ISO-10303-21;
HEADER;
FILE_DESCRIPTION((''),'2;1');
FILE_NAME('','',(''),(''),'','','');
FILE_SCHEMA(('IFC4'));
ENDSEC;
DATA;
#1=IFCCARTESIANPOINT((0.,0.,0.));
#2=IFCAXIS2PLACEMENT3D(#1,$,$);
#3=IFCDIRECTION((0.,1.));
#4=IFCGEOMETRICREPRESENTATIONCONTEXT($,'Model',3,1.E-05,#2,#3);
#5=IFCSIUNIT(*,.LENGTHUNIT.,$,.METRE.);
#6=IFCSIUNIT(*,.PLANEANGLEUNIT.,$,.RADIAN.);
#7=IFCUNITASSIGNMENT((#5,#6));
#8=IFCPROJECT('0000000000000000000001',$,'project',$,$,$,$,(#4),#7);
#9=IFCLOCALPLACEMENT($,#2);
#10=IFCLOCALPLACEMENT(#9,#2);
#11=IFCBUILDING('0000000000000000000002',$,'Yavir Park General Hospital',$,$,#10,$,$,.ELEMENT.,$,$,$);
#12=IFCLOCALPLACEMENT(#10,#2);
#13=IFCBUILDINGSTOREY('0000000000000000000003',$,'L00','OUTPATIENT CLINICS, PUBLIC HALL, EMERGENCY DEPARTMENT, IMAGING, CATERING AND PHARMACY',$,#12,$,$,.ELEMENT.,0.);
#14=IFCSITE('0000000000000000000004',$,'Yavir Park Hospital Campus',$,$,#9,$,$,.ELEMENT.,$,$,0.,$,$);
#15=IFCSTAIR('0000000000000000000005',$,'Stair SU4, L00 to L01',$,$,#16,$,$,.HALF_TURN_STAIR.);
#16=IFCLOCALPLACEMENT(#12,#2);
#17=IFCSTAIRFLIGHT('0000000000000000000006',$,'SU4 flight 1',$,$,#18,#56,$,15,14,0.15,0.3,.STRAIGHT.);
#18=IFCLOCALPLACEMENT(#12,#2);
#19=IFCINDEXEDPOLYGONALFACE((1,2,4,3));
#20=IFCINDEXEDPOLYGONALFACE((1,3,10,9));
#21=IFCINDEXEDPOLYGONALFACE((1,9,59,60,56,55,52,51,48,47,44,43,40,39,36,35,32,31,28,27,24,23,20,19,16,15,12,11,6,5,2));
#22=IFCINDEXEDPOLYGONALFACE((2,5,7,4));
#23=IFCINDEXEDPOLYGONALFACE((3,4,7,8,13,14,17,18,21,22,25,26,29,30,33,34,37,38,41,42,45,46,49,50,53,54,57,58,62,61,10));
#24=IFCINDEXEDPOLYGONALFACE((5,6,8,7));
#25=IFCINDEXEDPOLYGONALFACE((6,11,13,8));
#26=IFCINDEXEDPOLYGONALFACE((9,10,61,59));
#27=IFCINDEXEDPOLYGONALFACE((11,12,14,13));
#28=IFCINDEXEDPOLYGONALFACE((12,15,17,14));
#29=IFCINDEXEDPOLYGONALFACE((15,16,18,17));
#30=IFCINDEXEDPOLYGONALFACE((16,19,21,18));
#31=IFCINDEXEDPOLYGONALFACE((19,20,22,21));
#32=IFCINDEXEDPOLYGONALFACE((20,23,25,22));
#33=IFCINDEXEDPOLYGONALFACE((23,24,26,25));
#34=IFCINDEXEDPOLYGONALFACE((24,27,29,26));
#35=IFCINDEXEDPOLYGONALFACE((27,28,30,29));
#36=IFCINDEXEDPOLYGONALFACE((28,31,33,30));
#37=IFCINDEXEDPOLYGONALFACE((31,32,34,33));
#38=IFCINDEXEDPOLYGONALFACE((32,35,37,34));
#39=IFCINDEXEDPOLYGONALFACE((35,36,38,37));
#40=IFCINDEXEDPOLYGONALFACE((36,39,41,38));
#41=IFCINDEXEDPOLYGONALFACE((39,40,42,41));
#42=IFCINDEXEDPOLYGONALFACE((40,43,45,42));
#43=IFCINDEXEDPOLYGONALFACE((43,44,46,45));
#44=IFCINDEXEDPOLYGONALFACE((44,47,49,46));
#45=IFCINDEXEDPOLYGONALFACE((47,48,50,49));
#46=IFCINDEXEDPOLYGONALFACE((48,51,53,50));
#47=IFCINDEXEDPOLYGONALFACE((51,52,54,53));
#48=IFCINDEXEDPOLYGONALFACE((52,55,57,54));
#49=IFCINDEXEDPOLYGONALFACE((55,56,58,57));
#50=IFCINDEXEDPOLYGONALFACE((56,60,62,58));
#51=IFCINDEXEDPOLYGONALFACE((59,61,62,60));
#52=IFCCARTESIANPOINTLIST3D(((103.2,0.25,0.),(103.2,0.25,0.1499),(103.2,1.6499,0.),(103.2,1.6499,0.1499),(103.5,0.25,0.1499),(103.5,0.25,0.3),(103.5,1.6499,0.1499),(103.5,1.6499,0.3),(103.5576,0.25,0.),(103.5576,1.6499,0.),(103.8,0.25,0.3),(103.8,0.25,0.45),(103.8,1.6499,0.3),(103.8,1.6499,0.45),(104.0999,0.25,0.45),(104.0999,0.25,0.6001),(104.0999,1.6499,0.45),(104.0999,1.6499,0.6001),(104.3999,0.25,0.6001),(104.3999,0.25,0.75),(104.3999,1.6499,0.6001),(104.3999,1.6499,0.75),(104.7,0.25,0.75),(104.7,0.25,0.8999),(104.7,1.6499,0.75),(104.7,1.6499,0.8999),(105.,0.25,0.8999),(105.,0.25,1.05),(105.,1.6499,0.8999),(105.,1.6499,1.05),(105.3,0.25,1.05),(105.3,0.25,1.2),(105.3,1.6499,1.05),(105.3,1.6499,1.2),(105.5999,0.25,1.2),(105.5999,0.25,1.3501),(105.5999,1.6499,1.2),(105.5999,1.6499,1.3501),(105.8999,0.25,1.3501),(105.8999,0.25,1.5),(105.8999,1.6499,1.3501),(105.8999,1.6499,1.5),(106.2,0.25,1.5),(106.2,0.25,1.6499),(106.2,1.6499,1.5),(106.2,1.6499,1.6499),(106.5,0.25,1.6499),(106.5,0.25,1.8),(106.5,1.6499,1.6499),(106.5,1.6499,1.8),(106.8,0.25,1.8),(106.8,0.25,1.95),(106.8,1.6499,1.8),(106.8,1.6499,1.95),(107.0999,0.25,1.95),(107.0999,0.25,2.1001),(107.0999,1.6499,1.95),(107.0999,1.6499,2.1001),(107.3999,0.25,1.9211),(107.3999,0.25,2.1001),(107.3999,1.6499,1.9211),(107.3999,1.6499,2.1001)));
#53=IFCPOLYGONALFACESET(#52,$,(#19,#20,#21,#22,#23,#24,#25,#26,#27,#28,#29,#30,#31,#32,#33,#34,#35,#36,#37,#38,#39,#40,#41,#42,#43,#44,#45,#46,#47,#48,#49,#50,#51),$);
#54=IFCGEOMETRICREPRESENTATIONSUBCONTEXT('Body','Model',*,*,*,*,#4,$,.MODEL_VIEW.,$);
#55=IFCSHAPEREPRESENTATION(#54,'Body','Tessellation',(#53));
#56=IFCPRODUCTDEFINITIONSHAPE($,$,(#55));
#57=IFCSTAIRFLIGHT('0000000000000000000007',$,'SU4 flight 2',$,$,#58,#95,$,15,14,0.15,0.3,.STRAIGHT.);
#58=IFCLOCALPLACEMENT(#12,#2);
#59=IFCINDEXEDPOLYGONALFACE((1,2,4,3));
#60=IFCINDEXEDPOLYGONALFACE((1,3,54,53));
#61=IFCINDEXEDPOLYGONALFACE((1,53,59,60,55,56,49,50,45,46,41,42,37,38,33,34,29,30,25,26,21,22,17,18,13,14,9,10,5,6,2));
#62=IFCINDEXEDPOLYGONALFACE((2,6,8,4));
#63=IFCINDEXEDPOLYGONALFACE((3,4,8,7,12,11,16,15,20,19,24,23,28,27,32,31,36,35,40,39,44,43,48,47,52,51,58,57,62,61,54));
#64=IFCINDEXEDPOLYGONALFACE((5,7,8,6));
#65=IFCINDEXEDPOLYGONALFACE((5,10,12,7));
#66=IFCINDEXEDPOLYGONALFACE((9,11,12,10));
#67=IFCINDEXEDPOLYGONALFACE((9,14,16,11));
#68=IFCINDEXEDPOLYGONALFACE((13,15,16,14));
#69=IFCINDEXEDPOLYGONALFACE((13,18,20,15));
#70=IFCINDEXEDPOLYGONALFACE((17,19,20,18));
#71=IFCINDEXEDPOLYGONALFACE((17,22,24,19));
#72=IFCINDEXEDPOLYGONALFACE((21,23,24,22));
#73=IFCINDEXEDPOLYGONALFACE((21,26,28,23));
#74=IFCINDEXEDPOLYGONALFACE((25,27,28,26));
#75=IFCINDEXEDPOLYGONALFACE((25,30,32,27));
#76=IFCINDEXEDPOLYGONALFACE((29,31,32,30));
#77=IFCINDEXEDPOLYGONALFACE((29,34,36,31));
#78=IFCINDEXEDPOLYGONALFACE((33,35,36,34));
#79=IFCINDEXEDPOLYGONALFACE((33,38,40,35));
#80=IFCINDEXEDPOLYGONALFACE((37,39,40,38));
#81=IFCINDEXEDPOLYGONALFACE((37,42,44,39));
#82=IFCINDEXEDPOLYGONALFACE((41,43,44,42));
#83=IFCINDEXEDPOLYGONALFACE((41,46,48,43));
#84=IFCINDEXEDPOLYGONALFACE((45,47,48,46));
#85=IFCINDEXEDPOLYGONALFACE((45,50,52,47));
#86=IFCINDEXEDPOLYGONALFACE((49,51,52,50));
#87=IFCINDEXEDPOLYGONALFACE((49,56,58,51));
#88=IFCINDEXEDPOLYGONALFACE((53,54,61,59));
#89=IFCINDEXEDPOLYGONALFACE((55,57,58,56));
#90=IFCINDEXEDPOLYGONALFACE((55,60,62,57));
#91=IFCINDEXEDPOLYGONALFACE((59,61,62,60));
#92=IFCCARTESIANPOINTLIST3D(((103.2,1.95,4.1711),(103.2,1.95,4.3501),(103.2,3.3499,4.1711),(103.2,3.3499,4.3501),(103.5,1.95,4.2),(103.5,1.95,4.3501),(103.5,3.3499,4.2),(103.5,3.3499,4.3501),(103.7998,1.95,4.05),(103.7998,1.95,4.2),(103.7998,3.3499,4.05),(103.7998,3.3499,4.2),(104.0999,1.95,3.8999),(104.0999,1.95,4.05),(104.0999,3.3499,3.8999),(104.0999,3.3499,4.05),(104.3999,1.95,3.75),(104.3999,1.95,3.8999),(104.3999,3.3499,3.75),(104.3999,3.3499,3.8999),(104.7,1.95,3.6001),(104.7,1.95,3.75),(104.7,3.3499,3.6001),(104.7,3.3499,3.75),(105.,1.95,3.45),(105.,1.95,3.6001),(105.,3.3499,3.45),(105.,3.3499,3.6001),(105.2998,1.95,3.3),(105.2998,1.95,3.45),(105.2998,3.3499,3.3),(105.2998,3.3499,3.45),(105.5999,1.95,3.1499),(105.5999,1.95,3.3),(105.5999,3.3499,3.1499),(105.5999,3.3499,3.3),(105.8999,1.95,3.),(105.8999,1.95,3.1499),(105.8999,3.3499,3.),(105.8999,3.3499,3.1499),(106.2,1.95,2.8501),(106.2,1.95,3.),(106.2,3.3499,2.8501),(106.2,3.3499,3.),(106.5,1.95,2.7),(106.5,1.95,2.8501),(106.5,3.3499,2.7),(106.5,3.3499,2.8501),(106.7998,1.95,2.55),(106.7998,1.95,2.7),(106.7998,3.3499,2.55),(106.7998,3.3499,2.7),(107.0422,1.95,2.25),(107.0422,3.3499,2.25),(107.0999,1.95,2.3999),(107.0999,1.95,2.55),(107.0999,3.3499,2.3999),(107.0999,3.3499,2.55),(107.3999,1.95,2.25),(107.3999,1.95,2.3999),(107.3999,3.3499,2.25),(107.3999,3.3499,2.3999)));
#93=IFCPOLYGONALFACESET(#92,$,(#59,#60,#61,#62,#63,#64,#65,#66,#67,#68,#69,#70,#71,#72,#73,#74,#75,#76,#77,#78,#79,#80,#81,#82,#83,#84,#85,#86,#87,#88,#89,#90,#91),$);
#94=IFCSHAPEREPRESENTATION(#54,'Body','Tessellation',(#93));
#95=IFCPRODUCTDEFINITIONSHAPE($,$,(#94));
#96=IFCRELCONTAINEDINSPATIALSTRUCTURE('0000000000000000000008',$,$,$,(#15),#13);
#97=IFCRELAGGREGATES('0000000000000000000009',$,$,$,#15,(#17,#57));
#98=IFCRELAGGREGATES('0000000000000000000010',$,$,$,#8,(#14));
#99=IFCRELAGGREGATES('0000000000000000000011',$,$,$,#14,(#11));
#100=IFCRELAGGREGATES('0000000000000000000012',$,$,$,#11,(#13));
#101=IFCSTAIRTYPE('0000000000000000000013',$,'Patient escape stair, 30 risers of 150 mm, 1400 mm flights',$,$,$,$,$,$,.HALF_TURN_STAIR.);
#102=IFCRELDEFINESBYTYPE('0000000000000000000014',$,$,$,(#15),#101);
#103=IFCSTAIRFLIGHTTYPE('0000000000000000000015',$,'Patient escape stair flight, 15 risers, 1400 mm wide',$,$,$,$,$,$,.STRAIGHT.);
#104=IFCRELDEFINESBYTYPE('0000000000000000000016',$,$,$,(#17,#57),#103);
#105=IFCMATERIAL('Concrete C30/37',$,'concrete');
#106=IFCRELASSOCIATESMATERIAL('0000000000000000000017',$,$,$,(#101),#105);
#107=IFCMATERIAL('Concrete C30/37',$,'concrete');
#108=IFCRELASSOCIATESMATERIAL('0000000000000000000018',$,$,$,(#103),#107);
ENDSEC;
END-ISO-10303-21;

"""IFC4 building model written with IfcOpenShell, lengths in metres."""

from ifc_helpers import new_model, si_unit, direction, frame, origin, place, context, subcontext, project, spatial, polyline, outline, extrude, material, type_object, element, aggregate, save


model = new_model("IFC4")

# Units and contexts
model_context = context("Model", 3, precision=1e-05, world=origin(), true_north=direction((0.0, 1.0)))
body_context = subcontext(model_context, "Body", "Model", "MODEL_VIEW")
ifc_project = project(units=[si_unit("LENGTHUNIT", "METRE"), si_unit("PLANEANGLEUNIT", "RADIAN")], contexts=[model_context])

# Site, building, storey
site_placement = place(None, origin())
site = spatial("IfcSite", under=ifc_project, at=site_placement, Name="Yavir Park Hospital Campus", CompositionType="ELEMENT", RefElevation=0.0)
building_placement = place(site_placement, origin())
building = spatial("IfcBuilding", under=site, at=building_placement, Name="Yavir Park General Hospital", CompositionType="ELEMENT")
storey_placement = place(building_placement, origin())
storey = spatial("IfcBuildingStorey", under=building, at=storey_placement, Name="L00", Description="OUTPATIENT CLINICS, PUBLIC HALL, EMERGENCY DEPARTMENT, IMAGING, CATERING AND PHARMACY", CompositionType="ELEMENT", Elevation=0.0)

# Stair, stair flights
ifc_material_1 = material(Name="Concrete C30/37", Category="concrete")
stair_type = type_object("IfcStairType", Name="Patient escape stair, 30 risers of 150 mm, 1400 mm flights", PredefinedType="HALF_TURN_STAIR", material=ifc_material_1)
stair_placement = place(storey_placement, origin())
stair = element("IfcStair", 1, at=stair_placement, inside=storey, type_object=stair_type, Name="Stair SU4, L00 to L01", PredefinedType="HALF_TURN_STAIR")
ifc_material_2 = material(Name="Concrete C30/37", Category="concrete")
stair_flight_type = type_object("IfcStairFlightType", Name="Patient escape stair flight, 15 risers, 1400 mm wide", PredefinedType="STRAIGHT", material=ifc_material_2)
stair_flight_1_placement = place(storey_placement, frame((103.2, 0.95, 0.0), z_axis=(0.0, 0.0, 1.0), x_axis=(1.0, 0.0, 0.0)))
stair_flight_1 = element("IfcStairFlight", 2, at=stair_flight_1_placement, type_object=stair_flight_type, Name="SU4 flight 1", NumberOfRisers=15, NumberOfTreads=14, PredefinedType="STRAIGHT", RiserHeight=0.15, TreadLength=0.3, context=body_context, shape_type="SweptSolid", body=[
    extrude(outline(polyline([(0.0, 0.0), (0.0, 0.1499), (0.3, 0.1499), (0.3, 0.3), (0.6001, 0.3), (0.6001, 0.45), (0.8999, 0.45), (0.8999, 0.6001), (1.2, 0.6001), (1.2, 0.75), (1.5, 0.75), (1.5, 0.8999), (1.8, 0.8999), (1.8, 1.05), (2.1001, 1.05), (2.1001, 1.2), (2.3999, 1.2), (2.3999, 1.3501), (2.7, 1.3501), (2.7, 1.5), (3.0, 1.5), (3.0, 1.6499), (3.3, 1.6499), (3.3, 1.8), (3.6001, 1.8), (3.6001, 1.95), (3.8999, 1.95), (3.8999, 2.1001), (4.2, 2.1001), (4.2, 2.25), (4.2, 1.9211), (0.3577, 0.0), (0.0, 0.0)])), frame((0.0, 0.7, 0.0), z_axis=(0.0, -1.0, 0.0), x_axis=(1.0, 0.0, 0.0)), (0.0, 0.0, 1.0), 1.3999),
])
stair_flight_2_placement = place(storey_placement, frame((107.3999, 2.6499, 2.25), z_axis=(0.0, 0.0, 1.0), x_axis=(-1.0, 0.0, 0.0)))
stair_flight_2 = element("IfcStairFlight", 3, at=stair_flight_2_placement, type_object=stair_flight_type, Name="SU4 flight 2", NumberOfRisers=15, NumberOfTreads=14, PredefinedType="STRAIGHT", RiserHeight=0.15, TreadLength=0.3, context=body_context, shape_type="SweptSolid", body=[
    extrude(outline(polyline([(0.0, 0.0), (0.0, 0.1499), (0.3, 0.1499), (0.3, 0.3), (0.6001, 0.3), (0.6001, 0.45), (0.8999, 0.45), (0.8999, 0.6001), (1.2, 0.6001), (1.2, 0.75), (1.5, 0.75), (1.5, 0.8999), (1.8, 0.8999), (1.8, 1.05), (2.1001, 1.05), (2.1001, 1.2), (2.3999, 1.2), (2.3999, 1.3501), (2.7, 1.3501), (2.7, 1.5), (3.0, 1.5), (3.0, 1.6499), (3.3, 1.6499), (3.3, 1.8), (3.6001, 1.8), (3.6001, 1.95), (3.8999, 1.95), (3.8999, 2.1001), (4.2, 2.1001), (4.2, 2.25), (4.2, 1.9211), (0.3577, 0.0), (0.0, 0.0)])), frame((0.0, 0.7, 0.0), z_axis=(0.0, -1.0, 0.0), x_axis=(1.0, 0.0, 0.0)), (0.0, 0.0, 1.0), 1.3999),
])
aggregate(stair, [stair_flight_1, stair_flight_2])

save(model, "model.ifc")
